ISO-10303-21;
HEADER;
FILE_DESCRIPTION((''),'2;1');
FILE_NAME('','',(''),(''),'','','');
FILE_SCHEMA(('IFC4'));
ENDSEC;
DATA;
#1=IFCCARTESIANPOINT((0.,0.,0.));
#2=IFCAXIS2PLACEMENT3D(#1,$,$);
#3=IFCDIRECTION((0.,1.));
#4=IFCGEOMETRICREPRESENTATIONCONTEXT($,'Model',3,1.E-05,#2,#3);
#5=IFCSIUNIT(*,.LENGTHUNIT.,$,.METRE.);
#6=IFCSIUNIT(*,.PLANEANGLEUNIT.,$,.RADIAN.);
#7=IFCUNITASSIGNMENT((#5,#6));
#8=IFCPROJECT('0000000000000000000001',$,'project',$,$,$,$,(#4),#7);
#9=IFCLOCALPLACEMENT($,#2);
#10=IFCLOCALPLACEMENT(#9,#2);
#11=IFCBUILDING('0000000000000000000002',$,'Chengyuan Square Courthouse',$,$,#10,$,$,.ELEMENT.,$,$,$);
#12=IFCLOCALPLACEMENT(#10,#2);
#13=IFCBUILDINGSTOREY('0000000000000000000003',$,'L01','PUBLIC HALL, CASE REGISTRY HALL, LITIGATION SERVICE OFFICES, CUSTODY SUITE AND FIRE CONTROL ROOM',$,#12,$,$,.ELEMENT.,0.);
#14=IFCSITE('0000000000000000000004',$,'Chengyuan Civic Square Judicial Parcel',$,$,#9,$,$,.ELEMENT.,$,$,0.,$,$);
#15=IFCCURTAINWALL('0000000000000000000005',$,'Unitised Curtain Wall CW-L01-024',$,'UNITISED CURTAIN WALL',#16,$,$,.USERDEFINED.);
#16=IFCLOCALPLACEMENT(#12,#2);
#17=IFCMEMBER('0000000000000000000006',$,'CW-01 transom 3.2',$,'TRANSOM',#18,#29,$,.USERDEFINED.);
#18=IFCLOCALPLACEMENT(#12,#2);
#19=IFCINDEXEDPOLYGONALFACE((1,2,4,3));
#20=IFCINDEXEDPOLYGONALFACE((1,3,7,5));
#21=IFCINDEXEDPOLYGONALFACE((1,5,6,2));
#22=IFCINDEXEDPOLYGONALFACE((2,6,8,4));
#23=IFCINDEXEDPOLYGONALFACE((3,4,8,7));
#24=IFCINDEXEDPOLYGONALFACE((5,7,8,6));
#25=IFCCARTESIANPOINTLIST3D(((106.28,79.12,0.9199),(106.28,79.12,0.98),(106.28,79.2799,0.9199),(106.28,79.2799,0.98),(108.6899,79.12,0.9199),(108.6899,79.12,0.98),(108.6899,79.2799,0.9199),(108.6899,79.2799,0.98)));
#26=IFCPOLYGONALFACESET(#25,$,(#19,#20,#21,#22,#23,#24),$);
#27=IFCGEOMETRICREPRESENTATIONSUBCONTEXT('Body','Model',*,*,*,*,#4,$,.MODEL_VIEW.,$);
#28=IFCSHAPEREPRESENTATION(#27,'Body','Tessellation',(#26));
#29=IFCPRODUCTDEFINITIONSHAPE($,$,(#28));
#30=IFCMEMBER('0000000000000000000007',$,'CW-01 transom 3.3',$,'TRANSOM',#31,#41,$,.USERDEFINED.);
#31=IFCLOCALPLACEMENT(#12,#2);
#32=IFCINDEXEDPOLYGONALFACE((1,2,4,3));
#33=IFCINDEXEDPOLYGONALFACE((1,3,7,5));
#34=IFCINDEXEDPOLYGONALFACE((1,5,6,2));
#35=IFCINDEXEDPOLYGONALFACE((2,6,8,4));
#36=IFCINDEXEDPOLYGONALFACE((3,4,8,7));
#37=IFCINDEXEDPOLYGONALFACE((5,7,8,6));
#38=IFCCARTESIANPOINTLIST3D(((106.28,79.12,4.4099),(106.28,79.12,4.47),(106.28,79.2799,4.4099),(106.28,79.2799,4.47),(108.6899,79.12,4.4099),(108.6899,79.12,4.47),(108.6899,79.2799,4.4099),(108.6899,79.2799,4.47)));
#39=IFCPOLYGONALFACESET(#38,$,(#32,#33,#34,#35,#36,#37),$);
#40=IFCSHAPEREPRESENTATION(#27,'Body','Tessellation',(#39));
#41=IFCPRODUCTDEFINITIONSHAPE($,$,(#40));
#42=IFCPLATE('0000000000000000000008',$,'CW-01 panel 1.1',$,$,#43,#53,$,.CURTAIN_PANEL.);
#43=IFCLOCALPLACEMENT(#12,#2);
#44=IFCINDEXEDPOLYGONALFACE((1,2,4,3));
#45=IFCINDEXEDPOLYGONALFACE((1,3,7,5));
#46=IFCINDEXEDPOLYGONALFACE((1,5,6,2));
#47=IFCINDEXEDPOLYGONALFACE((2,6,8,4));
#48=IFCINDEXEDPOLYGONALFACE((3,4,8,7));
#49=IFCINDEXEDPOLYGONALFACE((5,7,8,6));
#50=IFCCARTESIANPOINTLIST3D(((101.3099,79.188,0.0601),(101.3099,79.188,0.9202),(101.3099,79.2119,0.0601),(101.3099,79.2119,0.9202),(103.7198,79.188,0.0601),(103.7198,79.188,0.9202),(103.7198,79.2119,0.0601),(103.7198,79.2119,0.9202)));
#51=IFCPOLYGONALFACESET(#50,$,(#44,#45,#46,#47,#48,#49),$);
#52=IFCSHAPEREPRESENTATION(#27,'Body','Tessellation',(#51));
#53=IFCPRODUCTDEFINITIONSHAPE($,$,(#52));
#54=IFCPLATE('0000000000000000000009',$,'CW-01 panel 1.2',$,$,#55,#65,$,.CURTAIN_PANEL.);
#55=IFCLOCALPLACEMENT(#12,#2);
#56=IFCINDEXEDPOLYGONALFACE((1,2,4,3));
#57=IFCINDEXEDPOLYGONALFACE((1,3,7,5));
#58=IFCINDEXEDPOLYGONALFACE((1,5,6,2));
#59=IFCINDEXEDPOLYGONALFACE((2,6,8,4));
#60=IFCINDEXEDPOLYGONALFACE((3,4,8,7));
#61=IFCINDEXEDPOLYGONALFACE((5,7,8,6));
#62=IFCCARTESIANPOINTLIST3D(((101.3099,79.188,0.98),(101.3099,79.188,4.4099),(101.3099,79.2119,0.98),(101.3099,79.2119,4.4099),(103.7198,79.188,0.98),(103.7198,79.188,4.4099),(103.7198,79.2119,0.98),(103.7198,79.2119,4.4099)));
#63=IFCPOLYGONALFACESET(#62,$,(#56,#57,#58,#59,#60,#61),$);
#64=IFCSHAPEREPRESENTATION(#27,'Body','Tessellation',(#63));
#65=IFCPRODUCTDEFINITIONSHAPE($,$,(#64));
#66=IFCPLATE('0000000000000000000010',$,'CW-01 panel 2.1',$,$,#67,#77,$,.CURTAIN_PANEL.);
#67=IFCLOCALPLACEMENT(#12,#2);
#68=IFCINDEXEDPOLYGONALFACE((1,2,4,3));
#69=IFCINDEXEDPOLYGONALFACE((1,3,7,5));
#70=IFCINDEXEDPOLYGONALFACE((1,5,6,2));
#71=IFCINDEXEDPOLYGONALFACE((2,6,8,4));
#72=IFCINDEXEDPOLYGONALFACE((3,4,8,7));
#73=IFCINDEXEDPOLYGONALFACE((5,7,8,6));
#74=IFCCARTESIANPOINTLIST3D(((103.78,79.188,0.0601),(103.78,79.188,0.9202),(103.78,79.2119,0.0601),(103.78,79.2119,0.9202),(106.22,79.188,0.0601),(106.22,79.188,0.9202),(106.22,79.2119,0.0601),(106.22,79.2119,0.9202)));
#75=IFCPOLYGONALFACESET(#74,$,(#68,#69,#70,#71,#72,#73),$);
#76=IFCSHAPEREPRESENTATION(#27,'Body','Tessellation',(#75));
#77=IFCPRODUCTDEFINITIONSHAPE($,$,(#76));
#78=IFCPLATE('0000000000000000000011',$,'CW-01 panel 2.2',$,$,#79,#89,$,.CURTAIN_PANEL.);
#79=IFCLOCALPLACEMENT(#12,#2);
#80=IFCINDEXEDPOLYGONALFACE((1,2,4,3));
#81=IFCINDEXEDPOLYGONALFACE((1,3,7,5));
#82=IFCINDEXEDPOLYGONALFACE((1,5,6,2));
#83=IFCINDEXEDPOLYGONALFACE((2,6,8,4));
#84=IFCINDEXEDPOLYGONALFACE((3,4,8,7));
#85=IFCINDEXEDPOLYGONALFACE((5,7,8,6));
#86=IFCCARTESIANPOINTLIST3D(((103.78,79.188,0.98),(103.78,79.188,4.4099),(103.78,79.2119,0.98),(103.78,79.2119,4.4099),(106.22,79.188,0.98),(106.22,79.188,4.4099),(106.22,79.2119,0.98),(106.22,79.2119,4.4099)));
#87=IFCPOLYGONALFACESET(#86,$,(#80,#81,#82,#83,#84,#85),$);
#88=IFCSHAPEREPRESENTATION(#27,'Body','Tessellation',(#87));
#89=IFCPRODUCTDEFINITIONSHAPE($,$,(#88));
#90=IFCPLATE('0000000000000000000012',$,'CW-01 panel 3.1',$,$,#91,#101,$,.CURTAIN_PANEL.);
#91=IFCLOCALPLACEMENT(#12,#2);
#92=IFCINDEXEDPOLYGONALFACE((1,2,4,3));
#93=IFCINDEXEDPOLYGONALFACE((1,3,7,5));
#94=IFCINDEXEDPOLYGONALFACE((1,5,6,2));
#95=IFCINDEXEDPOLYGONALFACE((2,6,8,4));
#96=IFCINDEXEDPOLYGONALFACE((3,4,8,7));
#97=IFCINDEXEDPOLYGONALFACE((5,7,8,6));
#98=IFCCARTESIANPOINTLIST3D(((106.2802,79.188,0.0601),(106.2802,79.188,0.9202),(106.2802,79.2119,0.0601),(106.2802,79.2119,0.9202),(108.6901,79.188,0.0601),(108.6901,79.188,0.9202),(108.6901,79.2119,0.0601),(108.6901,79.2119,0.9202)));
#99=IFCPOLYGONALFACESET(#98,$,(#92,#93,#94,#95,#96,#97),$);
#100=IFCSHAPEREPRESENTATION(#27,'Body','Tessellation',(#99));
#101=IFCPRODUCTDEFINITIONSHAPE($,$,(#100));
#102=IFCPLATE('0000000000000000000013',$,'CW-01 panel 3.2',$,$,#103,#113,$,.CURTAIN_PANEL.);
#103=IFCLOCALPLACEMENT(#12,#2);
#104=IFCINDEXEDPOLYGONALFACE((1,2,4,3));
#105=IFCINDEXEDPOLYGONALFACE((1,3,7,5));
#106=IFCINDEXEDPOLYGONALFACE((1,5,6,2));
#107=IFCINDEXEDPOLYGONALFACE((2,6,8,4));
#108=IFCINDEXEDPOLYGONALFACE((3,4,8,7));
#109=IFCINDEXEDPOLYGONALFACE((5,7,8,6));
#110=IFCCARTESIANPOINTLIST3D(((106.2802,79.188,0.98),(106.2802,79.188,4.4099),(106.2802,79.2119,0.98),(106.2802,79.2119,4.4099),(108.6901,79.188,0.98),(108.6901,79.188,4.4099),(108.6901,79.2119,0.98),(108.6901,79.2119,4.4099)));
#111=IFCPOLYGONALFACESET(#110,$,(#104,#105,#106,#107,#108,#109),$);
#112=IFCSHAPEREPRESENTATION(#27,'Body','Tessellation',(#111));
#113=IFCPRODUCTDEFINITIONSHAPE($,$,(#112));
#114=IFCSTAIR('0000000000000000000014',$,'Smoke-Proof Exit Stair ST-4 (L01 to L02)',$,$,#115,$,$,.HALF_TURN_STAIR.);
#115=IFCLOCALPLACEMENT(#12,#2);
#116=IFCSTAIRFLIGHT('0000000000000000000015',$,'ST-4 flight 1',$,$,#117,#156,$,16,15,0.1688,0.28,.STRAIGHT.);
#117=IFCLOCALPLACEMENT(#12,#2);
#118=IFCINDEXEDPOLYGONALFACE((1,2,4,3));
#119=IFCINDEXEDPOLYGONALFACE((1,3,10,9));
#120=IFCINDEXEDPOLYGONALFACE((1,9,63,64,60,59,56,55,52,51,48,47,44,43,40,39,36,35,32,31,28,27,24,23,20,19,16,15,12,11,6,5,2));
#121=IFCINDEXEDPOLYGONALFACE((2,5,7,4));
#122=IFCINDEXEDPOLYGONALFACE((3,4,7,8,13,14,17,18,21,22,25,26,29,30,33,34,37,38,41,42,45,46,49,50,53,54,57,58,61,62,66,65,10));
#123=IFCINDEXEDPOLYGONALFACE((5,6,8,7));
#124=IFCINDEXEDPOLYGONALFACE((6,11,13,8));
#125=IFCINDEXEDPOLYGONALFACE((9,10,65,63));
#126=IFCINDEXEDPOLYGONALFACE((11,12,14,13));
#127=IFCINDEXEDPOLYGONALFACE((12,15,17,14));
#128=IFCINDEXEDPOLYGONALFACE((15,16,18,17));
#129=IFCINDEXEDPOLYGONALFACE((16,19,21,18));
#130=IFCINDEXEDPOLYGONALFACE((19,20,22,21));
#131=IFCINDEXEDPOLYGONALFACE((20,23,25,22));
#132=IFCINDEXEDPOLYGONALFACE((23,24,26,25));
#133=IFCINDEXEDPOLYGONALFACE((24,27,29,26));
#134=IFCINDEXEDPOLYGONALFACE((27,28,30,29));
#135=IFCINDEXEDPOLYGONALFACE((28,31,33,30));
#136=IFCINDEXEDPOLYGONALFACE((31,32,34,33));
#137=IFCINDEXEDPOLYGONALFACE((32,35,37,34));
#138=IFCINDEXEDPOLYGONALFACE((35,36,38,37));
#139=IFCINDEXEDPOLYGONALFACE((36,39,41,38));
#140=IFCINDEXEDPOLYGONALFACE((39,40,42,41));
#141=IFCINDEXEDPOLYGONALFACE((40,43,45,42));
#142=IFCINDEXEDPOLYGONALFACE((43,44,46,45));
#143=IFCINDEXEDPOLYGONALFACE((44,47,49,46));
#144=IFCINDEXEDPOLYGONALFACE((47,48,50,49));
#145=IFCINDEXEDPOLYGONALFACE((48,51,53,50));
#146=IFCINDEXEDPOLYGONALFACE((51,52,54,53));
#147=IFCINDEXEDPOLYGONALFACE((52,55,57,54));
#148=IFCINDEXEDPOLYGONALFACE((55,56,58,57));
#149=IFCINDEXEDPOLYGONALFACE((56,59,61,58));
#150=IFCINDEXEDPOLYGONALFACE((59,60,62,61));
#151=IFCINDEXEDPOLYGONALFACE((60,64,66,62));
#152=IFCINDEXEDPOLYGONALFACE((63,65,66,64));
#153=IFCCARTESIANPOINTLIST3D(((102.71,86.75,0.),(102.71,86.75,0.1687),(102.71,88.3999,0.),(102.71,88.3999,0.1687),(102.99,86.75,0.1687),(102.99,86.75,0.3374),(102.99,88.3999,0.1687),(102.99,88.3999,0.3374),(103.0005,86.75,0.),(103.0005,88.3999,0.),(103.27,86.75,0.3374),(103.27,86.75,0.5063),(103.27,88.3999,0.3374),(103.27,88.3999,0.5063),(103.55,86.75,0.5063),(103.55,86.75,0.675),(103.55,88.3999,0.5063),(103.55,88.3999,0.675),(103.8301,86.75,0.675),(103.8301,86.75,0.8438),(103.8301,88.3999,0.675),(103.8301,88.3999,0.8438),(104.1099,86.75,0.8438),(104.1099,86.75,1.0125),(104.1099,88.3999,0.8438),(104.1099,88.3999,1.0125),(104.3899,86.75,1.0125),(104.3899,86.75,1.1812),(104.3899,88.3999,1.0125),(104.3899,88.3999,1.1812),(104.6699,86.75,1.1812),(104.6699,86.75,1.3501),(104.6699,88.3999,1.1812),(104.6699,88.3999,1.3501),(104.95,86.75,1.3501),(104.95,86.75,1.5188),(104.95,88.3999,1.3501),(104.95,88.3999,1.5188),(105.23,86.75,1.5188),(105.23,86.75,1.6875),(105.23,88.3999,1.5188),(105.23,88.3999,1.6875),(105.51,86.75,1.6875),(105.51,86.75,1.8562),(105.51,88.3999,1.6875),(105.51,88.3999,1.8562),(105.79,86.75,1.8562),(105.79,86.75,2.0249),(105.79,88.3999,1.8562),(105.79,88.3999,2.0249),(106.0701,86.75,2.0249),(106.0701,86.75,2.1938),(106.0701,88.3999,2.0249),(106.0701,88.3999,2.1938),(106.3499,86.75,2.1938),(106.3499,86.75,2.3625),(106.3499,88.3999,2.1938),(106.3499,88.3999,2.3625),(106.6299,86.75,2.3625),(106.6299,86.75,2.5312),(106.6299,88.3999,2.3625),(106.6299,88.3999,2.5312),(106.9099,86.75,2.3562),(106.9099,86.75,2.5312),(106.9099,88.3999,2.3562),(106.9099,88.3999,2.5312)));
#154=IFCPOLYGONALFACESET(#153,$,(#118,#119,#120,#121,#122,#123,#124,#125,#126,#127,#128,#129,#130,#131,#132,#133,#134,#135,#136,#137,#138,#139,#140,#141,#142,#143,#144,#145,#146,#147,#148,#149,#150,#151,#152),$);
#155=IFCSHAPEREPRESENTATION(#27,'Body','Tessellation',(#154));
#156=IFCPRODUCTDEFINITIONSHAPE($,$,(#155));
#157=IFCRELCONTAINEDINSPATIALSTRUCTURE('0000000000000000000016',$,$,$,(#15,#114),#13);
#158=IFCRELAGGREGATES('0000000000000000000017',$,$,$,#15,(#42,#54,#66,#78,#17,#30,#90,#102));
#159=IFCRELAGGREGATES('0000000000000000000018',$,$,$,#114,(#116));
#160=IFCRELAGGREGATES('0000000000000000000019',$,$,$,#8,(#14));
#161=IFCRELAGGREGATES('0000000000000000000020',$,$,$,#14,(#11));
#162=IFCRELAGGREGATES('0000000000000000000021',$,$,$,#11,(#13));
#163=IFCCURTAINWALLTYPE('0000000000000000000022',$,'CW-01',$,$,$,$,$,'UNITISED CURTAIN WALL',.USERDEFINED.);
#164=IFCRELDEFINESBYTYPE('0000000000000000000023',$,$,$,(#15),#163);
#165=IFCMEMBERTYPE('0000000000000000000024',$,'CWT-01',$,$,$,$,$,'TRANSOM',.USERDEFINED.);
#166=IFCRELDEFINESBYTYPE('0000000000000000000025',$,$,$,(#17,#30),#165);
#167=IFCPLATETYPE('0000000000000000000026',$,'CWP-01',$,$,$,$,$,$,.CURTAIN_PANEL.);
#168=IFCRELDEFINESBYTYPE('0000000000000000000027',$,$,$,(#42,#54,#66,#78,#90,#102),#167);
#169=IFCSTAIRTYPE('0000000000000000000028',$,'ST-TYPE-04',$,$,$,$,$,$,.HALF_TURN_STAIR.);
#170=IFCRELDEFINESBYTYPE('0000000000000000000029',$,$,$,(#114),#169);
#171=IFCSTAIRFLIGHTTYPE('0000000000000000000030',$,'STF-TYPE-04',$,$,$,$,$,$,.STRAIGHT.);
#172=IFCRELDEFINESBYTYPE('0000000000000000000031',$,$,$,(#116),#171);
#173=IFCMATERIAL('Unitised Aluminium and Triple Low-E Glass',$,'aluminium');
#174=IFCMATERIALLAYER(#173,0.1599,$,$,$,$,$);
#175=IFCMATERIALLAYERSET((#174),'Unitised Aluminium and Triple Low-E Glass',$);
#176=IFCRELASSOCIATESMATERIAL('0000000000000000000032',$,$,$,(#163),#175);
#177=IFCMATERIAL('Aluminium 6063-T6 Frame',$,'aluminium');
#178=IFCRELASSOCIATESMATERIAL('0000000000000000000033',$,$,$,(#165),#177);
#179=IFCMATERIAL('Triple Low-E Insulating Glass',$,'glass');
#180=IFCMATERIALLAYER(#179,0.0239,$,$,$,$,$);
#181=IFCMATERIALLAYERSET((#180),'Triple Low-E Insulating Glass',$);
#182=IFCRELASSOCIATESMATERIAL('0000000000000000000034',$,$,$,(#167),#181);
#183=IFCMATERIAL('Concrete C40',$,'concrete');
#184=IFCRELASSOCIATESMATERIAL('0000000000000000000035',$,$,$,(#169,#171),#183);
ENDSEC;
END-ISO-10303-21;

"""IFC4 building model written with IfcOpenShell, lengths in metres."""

from ifc_helpers import new_model, si_unit, direction, frame, origin, origin_2d, place, context, subcontext, project, spatial, polyline, rectangle, outline, extrude, material, layer, layer_set, material_profile, profile_set, type_object, element, aggregate, save


model = new_model("IFC4")

# Units and contexts
model_context = context("Model", 3, precision=1e-05, world=origin(), true_north=direction((0.0, 1.0)))
body_context = subcontext(model_context, "Body", "Model", "MODEL_VIEW")
ifc_project = project(units=[si_unit("LENGTHUNIT", "METRE"), si_unit("PLANEANGLEUNIT", "RADIAN")], contexts=[model_context])

# Site, building, storey
site_placement = place(None, origin())
site = spatial("IfcSite", under=ifc_project, at=site_placement, Name="Chengyuan Civic Square Judicial Parcel", CompositionType="ELEMENT", RefElevation=0.0)
building_placement = place(site_placement, origin())
building = spatial("IfcBuilding", under=site, at=building_placement, Name="Chengyuan Square Courthouse", CompositionType="ELEMENT")
storey_placement = place(building_placement, origin())
storey = spatial("IfcBuildingStorey", under=building, at=storey_placement, Name="L01", Description="PUBLIC HALL, CASE REGISTRY HALL, LITIGATION SERVICE OFFICES, CUSTODY SUITE AND FIRE CONTROL ROOM", CompositionType="ELEMENT", Elevation=0.0)

# Shared definitions
ifc_material_1 = material(Name="Concrete C40", Category="concrete")

# Curtain wall, members, plates
ifc_material_2 = material(Name="Unitised Aluminium and Triple Low-E Glass", Category="aluminium")
ifc_layer_1 = layer(ifc_material_2, 0.1599)
ifc_layer_set_1 = layer_set([ifc_layer_1], Name="Unitised Aluminium and Triple Low-E Glass")
curtain_wall_type = type_object("IfcCurtainWallType", Name="CW-01", ElementType="UNITISED CURTAIN WALL", PredefinedType="USERDEFINED", material=ifc_layer_set_1)
curtain_wall_placement = place(storey_placement, origin())
curtain_wall = element("IfcCurtainWall", 1, at=curtain_wall_placement, inside=storey, type_object=curtain_wall_type, Name="Unitised Curtain Wall CW-L01-024", ObjectType="UNITISED CURTAIN WALL", PredefinedType="USERDEFINED")
ifc_material_3 = material(Name="Aluminium 6063-T6 Frame", Category="aluminium")
ifc_material_profile_1 = material_profile(ifc_material_3, rectangle(XDim=0.1599, YDim=0.0601, at=origin_2d()), Name="CW-TRN-60x120")
ifc_profile_set_1 = profile_set([ifc_material_profile_1], Name="Aluminium 6063-T6 Frame")
member_type_1 = type_object("IfcMemberType", Name="CWT-01", ElementType="TRANSOM", PredefinedType="USERDEFINED", material=ifc_profile_set_1)
member_1_placement = place(storey_placement, frame((106.28, 79.2, 0.95), z_axis=(1.0, 0.0, 0.0), x_axis=(0.0, 1.0, 0.0)))
member_1 = element("IfcMember", 2, at=member_1_placement, type_object=member_type_1, Name="CW-01 transom 3.2", ObjectType="TRANSOM", PredefinedType="USERDEFINED", context=body_context, shape_type="SweptSolid", body=[
    extrude(rectangle(XDim=0.1599, YDim=0.0601, at=origin_2d()), origin(), (0.0, 0.0, 1.0), 2.4099),
])
member_2_placement = place(storey_placement, frame((106.28, 79.2, 4.4399), z_axis=(1.0, 0.0, 0.0), x_axis=(0.0, 1.0, 0.0)))
member_2 = element("IfcMember", 3, at=member_2_placement, type_object=member_type_1, Name="CW-01 transom 3.3", ObjectType="TRANSOM", PredefinedType="USERDEFINED", context=body_context, shape_type="SweptSolid", body=[
    extrude(rectangle(XDim=0.1599, YDim=0.0601, at=origin_2d()), origin(), (0.0, 0.0, 1.0), 2.4099),
])
ifc_material_4 = material(Name="Triple Low-E Insulating Glass", Category="glass")
ifc_layer_2 = layer(ifc_material_4, 0.0239)
ifc_layer_set_2 = layer_set([ifc_layer_2], Name="Triple Low-E Insulating Glass")
plate_type = type_object("IfcPlateType", Name="CWP-01", PredefinedType="CURTAIN_PANEL", material=ifc_layer_set_2)
plate_1_placement = place(storey_placement, frame((102.5149, 79.2, 0.0601), z_axis=(0.0, 0.0, 1.0), x_axis=(1.0, 0.0, 0.0)))
plate_1 = element("IfcPlate", 4, at=plate_1_placement, type_object=plate_type, Name="CW-01 panel 1.1", PredefinedType="CURTAIN_PANEL", context=body_context, shape_type="SweptSolid", body=[
    extrude(rectangle(XDim=2.4099, YDim=0.0239, at=origin_2d()), origin(), (0.0, 0.0, 1.0), 0.8601),
])
plate_2_placement = place(storey_placement, frame((102.5149, 79.2, 0.98), z_axis=(0.0, 0.0, 1.0), x_axis=(1.0, 0.0, 0.0)))
plate_2 = element("IfcPlate", 5, at=plate_2_placement, type_object=plate_type, Name="CW-01 panel 1.2", PredefinedType="CURTAIN_PANEL", context=body_context, shape_type="SweptSolid", body=[
    extrude(rectangle(XDim=2.4099, YDim=0.0239, at=origin_2d()), origin(), (0.0, 0.0, 1.0), 3.4299),
])
plate_3_placement = place(storey_placement, frame((105.0, 79.2, 0.0601), z_axis=(0.0, 0.0, 1.0), x_axis=(1.0, 0.0, 0.0)))
plate_3 = element("IfcPlate", 6, at=plate_3_placement, type_object=plate_type, Name="CW-01 panel 2.1", PredefinedType="CURTAIN_PANEL", context=body_context, shape_type="SweptSolid", body=[
    extrude(rectangle(XDim=2.4399, YDim=0.0239, at=origin_2d()), origin(), (0.0, 0.0, 1.0), 0.8601),
])
plate_4_placement = place(storey_placement, frame((105.0, 79.2, 0.98), z_axis=(0.0, 0.0, 1.0), x_axis=(1.0, 0.0, 0.0)))
plate_4 = element("IfcPlate", 7, at=plate_4_placement, type_object=plate_type, Name="CW-01 panel 2.2", PredefinedType="CURTAIN_PANEL", context=body_context, shape_type="SweptSolid", body=[
    extrude(rectangle(XDim=2.4399, YDim=0.0239, at=origin_2d()), origin(), (0.0, 0.0, 1.0), 3.4299),
])
plate_5_placement = place(storey_placement, frame((107.4851, 79.2, 0.0601), z_axis=(0.0, 0.0, 1.0), x_axis=(1.0, 0.0, 0.0)))
plate_5 = element("IfcPlate", 8, at=plate_5_placement, type_object=plate_type, Name="CW-01 panel 3.1", PredefinedType="CURTAIN_PANEL", context=body_context, shape_type="SweptSolid", body=[
    extrude(rectangle(XDim=2.4099, YDim=0.0239, at=origin_2d()), origin(), (0.0, 0.0, 1.0), 0.8601),
])
plate_6_placement = place(storey_placement, frame((107.4851, 79.2, 0.98), z_axis=(0.0, 0.0, 1.0), x_axis=(1.0, 0.0, 0.0)))
plate_6 = element("IfcPlate", 9, at=plate_6_placement, type_object=plate_type, Name="CW-01 panel 3.2", PredefinedType="CURTAIN_PANEL", context=body_context, shape_type="SweptSolid", body=[
    extrude(rectangle(XDim=2.4099, YDim=0.0239, at=origin_2d()), origin(), (0.0, 0.0, 1.0), 3.4299),
])
aggregate(curtain_wall, [plate_1, plate_2, plate_3, plate_4, member_1, member_2, plate_5, plate_6])

# Stair, stair flight
stair_type = type_object("IfcStairType", Name="ST-TYPE-04", PredefinedType="HALF_TURN_STAIR", material=ifc_material_1)
stair_placement = place(storey_placement, origin())
stair = element("IfcStair", 10, at=stair_placement, inside=storey, type_object=stair_type, Name="Smoke-Proof Exit Stair ST-4 (L01 to L02)", PredefinedType="HALF_TURN_STAIR")
stair_flight_type = type_object("IfcStairFlightType", Name="STF-TYPE-04", PredefinedType="STRAIGHT", material=ifc_material_1)
stair_flight_1_placement = place(storey_placement, frame((102.71, 87.575, 0.0), z_axis=(0.0, 0.0, 1.0), x_axis=(1.0, 0.0, 0.0)))
stair_flight_1 = element("IfcStairFlight", 11, at=stair_flight_1_placement, type_object=stair_flight_type, Name="ST-4 flight 1", NumberOfRisers=16, NumberOfTreads=15, PredefinedType="STRAIGHT", RiserHeight=0.1688, TreadLength=0.28, context=body_context, shape_type="SweptSolid", body=[
    extrude(outline(polyline([(0.0, 0.0), (0.0, 0.1687), (0.28, 0.1687), (0.28, 0.3374), (0.5601, 0.3374), (0.5601, 0.5063), (0.8401, 0.5063), (0.8401, 0.675), (1.1201, 0.675), (1.1201, 0.8438), (1.3999, 0.8438), (1.3999, 1.0125), (1.6799, 1.0125), (1.6799, 1.1812), (1.96, 1.1812), (1.96, 1.3501), (2.24, 1.3501), (2.24, 1.5188), (2.52, 1.5188), (2.52, 1.6875), (2.8, 1.6875), (2.8, 1.8562), (3.0801, 1.8562), (3.0801, 2.0249), (3.3601, 2.0249), (3.3601, 2.1938), (3.6399, 2.1938), (3.6399, 2.3625), (3.9199, 2.3625), (3.9199, 2.5312), (4.2, 2.5312), (4.2, 2.7), (4.2, 2.3562), (0.2905, 0.0), (0.0, 0.0)])), frame((0.0, 0.825, 0.0), z_axis=(0.0, -1.0, 0.0), x_axis=(1.0, 0.0, 0.0)), (0.0, 0.0, 1.0), 1.6499),
])
aggregate(stair, [stair_flight_1])

save(model, "model.ifc")
